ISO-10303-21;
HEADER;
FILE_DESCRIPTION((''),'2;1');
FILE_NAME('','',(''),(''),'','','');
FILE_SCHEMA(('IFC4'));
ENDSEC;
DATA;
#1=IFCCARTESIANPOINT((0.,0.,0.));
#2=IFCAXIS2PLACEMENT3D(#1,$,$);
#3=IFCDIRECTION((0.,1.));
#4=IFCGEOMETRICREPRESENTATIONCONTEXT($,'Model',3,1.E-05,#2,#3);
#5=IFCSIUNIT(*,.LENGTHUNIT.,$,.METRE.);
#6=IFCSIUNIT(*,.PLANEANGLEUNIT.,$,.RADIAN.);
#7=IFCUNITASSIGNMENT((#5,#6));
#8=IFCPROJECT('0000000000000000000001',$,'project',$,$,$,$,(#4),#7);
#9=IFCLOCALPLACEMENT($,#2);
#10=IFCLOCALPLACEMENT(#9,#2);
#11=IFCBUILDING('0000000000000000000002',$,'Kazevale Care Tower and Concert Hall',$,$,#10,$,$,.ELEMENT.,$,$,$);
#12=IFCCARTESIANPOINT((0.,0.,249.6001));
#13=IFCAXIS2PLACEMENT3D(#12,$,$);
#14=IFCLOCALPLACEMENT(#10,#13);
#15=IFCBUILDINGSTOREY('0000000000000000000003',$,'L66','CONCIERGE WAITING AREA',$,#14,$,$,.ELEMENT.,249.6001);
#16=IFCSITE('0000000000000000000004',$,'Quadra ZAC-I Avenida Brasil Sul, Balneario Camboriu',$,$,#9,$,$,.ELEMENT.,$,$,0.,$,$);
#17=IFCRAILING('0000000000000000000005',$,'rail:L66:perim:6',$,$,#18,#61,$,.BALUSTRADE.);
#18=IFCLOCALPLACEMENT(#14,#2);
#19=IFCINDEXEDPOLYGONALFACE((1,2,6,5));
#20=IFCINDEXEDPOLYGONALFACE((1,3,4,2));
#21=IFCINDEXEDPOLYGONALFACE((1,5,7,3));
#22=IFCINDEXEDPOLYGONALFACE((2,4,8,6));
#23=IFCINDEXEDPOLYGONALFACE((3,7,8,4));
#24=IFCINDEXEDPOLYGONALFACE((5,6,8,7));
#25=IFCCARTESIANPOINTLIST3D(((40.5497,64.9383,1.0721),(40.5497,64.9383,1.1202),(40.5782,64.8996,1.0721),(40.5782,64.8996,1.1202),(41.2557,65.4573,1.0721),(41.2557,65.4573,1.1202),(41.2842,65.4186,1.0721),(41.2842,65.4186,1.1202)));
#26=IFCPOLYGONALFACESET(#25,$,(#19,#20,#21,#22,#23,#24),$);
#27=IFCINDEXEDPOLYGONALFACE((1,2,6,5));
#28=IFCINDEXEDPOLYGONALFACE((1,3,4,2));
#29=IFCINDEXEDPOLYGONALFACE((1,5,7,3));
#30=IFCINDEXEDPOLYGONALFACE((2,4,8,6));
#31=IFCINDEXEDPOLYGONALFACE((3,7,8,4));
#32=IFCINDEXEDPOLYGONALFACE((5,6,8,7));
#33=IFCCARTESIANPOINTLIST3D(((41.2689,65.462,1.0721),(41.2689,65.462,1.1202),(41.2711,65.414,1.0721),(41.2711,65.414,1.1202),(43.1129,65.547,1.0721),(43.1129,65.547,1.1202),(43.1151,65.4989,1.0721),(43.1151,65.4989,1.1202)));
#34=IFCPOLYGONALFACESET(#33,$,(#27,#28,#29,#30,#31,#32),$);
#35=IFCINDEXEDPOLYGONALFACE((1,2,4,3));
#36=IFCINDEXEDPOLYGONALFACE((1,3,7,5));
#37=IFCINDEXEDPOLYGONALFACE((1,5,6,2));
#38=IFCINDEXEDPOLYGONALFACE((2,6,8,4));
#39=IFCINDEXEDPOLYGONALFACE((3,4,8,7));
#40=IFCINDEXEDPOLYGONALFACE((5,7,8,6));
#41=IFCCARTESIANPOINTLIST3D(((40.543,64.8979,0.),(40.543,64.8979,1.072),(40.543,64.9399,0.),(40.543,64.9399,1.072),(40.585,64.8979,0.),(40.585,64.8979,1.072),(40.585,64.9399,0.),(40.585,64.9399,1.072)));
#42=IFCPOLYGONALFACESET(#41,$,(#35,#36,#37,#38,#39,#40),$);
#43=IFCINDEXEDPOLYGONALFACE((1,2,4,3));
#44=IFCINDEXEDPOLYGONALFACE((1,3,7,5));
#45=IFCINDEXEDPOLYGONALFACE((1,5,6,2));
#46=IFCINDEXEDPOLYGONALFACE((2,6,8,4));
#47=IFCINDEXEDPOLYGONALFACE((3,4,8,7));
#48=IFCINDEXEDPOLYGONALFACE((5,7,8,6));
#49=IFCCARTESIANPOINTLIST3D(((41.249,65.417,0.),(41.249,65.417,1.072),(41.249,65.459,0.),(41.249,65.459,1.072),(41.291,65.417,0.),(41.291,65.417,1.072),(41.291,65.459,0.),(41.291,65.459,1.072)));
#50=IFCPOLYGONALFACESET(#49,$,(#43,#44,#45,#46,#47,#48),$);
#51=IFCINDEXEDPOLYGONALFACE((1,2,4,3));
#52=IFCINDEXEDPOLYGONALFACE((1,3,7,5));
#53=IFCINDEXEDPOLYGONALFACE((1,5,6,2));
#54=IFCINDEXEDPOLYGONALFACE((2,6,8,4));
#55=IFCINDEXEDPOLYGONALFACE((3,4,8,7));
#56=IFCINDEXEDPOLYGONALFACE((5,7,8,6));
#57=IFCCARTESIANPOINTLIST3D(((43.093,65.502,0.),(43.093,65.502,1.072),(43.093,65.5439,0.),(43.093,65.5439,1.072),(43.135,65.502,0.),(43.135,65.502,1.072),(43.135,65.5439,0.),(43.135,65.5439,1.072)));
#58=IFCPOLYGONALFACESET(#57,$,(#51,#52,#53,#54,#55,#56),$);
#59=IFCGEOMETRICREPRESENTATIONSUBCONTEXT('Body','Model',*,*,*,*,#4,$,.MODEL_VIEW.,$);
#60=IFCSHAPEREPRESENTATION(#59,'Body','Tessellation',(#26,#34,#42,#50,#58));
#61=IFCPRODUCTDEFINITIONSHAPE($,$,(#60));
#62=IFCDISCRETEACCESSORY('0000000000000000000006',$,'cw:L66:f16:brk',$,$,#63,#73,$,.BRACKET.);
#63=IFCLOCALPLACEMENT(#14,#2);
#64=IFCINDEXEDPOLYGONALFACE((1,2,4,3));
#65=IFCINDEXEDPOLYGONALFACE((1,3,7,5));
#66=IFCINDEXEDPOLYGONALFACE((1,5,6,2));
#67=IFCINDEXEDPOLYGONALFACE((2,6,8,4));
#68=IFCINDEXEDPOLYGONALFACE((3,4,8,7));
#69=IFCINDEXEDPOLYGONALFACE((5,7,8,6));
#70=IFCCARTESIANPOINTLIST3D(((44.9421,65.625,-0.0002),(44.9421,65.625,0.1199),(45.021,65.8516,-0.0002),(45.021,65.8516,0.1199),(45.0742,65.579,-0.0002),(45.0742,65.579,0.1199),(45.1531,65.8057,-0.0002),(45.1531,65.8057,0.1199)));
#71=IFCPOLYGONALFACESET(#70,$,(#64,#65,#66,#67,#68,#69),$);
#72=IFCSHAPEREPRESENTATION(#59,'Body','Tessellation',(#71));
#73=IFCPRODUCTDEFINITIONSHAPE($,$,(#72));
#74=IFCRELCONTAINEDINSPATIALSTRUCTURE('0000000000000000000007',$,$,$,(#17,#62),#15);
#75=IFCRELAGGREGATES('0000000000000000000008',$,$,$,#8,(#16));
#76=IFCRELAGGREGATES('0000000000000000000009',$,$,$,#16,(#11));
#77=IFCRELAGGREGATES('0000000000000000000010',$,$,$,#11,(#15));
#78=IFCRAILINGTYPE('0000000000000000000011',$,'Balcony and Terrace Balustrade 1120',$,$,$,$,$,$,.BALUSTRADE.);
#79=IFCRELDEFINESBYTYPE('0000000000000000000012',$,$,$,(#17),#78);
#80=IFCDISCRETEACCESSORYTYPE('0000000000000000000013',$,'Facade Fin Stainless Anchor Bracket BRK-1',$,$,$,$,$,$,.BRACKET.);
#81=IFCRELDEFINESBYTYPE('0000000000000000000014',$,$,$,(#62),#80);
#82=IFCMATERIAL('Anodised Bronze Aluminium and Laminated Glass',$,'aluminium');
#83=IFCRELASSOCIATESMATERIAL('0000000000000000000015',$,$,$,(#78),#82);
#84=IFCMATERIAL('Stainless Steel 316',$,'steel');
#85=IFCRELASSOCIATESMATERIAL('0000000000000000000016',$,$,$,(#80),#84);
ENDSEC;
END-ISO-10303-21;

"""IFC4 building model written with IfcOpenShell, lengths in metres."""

from ifc_helpers import new_model, si_unit, direction, frame, origin, origin_2d, place, context, subcontext, project, spatial, rectangle, extrude, material, type_object, element, save


model = new_model("IFC4")

# Units and contexts
model_context = context("Model", 3, precision=1e-05, world=origin(), true_north=direction((0.0, 1.0)))
body_context = subcontext(model_context, "Body", "Model", "MODEL_VIEW")
ifc_project = project(units=[si_unit("LENGTHUNIT", "METRE"), si_unit("PLANEANGLEUNIT", "RADIAN")], contexts=[model_context])

# Site, building, storey
site_placement = place(None, origin())
site = spatial("IfcSite", under=ifc_project, at=site_placement, Name="Quadra ZAC-I Avenida Brasil Sul, Balneario Camboriu", CompositionType="ELEMENT", RefElevation=0.0)
building_placement = place(site_placement, origin())
building = spatial("IfcBuilding", under=site, at=building_placement, Name="Kazevale Care Tower and Concert Hall", CompositionType="ELEMENT")
storey_placement = place(building_placement, frame((0.0, 0.0, 249.6001)))
storey = spatial("IfcBuildingStorey", under=building, at=storey_placement, Name="L66", Description="CONCIERGE WAITING AREA", CompositionType="ELEMENT", Elevation=249.6001)

# Railing
ifc_material_1 = material(Name="Anodised Bronze Aluminium and Laminated Glass", Category="aluminium")
railing_type = type_object("IfcRailingType", Name="Balcony and Terrace Balustrade 1120", PredefinedType="BALUSTRADE", material=ifc_material_1)
railing_placement = place(storey_placement, frame((40.564, 64.9189, 0.0)))
element("IfcRailing", 1, at=railing_placement, inside=storey, type_object=railing_type, Name="rail:L66:perim:6", PredefinedType="BALUSTRADE", context=body_context, shape_type="SweptSolid", body=[
    extrude(rectangle(XDim=0.0481, YDim=0.0481, at=origin_2d()), frame((0.0, 0.0, 1.0962), z_axis=(0.805714, 0.592305, 0.0), x_axis=(-0.592305, 0.805714, 0.0)), (0.0, 0.0, 1.0), 0.8762),
    extrude(rectangle(XDim=0.0481, YDim=0.0481, at=origin_2d()), frame((0.7061, 0.519, 1.0962), z_axis=(0.99894, 0.046026, 0.0), x_axis=(-0.046026, 0.99894, 0.0)), (0.0, 0.0, 1.0), 1.8459),
    extrude(rectangle(XDim=0.042, YDim=0.042, at=origin_2d()), origin(), (0.0, 0.0, 1.0), 1.072),
    extrude(rectangle(XDim=0.042, YDim=0.042, at=origin_2d()), frame((0.7061, 0.519, 0.0)), (0.0, 0.0, 1.0), 1.072),
    extrude(rectangle(XDim=0.042, YDim=0.042, at=origin_2d()), frame((2.55, 0.604, 0.0)), (0.0, 0.0, 1.0), 1.072),
])

# Discrete accessory
ifc_material_2 = material(Name="Stainless Steel 316", Category="steel")
discrete_accessory_type = type_object("IfcDiscreteAccessoryType", Name="Facade Fin Stainless Anchor Bracket BRK-1", PredefinedType="BRACKET", material=ifc_material_2)
discrete_accessory_placement = place(storey_placement, frame((45.0476, 65.7153, -0.0002), z_axis=(0.0, 0.0, 1.0), x_axis=(0.328537, 0.944491, 0.0)))
element("IfcDiscreteAccessory", 2, at=discrete_accessory_placement, inside=storey, type_object=discrete_accessory_type, Name="cw:L66:f16:brk", PredefinedType="BRACKET", context=body_context, shape_type="SweptSolid", body=[
    extrude(rectangle(XDim=0.24, YDim=0.1399, at=origin_2d()), origin(), (0.0, 0.0, 1.0), 0.1201),
])

save(model, "model.ifc")
